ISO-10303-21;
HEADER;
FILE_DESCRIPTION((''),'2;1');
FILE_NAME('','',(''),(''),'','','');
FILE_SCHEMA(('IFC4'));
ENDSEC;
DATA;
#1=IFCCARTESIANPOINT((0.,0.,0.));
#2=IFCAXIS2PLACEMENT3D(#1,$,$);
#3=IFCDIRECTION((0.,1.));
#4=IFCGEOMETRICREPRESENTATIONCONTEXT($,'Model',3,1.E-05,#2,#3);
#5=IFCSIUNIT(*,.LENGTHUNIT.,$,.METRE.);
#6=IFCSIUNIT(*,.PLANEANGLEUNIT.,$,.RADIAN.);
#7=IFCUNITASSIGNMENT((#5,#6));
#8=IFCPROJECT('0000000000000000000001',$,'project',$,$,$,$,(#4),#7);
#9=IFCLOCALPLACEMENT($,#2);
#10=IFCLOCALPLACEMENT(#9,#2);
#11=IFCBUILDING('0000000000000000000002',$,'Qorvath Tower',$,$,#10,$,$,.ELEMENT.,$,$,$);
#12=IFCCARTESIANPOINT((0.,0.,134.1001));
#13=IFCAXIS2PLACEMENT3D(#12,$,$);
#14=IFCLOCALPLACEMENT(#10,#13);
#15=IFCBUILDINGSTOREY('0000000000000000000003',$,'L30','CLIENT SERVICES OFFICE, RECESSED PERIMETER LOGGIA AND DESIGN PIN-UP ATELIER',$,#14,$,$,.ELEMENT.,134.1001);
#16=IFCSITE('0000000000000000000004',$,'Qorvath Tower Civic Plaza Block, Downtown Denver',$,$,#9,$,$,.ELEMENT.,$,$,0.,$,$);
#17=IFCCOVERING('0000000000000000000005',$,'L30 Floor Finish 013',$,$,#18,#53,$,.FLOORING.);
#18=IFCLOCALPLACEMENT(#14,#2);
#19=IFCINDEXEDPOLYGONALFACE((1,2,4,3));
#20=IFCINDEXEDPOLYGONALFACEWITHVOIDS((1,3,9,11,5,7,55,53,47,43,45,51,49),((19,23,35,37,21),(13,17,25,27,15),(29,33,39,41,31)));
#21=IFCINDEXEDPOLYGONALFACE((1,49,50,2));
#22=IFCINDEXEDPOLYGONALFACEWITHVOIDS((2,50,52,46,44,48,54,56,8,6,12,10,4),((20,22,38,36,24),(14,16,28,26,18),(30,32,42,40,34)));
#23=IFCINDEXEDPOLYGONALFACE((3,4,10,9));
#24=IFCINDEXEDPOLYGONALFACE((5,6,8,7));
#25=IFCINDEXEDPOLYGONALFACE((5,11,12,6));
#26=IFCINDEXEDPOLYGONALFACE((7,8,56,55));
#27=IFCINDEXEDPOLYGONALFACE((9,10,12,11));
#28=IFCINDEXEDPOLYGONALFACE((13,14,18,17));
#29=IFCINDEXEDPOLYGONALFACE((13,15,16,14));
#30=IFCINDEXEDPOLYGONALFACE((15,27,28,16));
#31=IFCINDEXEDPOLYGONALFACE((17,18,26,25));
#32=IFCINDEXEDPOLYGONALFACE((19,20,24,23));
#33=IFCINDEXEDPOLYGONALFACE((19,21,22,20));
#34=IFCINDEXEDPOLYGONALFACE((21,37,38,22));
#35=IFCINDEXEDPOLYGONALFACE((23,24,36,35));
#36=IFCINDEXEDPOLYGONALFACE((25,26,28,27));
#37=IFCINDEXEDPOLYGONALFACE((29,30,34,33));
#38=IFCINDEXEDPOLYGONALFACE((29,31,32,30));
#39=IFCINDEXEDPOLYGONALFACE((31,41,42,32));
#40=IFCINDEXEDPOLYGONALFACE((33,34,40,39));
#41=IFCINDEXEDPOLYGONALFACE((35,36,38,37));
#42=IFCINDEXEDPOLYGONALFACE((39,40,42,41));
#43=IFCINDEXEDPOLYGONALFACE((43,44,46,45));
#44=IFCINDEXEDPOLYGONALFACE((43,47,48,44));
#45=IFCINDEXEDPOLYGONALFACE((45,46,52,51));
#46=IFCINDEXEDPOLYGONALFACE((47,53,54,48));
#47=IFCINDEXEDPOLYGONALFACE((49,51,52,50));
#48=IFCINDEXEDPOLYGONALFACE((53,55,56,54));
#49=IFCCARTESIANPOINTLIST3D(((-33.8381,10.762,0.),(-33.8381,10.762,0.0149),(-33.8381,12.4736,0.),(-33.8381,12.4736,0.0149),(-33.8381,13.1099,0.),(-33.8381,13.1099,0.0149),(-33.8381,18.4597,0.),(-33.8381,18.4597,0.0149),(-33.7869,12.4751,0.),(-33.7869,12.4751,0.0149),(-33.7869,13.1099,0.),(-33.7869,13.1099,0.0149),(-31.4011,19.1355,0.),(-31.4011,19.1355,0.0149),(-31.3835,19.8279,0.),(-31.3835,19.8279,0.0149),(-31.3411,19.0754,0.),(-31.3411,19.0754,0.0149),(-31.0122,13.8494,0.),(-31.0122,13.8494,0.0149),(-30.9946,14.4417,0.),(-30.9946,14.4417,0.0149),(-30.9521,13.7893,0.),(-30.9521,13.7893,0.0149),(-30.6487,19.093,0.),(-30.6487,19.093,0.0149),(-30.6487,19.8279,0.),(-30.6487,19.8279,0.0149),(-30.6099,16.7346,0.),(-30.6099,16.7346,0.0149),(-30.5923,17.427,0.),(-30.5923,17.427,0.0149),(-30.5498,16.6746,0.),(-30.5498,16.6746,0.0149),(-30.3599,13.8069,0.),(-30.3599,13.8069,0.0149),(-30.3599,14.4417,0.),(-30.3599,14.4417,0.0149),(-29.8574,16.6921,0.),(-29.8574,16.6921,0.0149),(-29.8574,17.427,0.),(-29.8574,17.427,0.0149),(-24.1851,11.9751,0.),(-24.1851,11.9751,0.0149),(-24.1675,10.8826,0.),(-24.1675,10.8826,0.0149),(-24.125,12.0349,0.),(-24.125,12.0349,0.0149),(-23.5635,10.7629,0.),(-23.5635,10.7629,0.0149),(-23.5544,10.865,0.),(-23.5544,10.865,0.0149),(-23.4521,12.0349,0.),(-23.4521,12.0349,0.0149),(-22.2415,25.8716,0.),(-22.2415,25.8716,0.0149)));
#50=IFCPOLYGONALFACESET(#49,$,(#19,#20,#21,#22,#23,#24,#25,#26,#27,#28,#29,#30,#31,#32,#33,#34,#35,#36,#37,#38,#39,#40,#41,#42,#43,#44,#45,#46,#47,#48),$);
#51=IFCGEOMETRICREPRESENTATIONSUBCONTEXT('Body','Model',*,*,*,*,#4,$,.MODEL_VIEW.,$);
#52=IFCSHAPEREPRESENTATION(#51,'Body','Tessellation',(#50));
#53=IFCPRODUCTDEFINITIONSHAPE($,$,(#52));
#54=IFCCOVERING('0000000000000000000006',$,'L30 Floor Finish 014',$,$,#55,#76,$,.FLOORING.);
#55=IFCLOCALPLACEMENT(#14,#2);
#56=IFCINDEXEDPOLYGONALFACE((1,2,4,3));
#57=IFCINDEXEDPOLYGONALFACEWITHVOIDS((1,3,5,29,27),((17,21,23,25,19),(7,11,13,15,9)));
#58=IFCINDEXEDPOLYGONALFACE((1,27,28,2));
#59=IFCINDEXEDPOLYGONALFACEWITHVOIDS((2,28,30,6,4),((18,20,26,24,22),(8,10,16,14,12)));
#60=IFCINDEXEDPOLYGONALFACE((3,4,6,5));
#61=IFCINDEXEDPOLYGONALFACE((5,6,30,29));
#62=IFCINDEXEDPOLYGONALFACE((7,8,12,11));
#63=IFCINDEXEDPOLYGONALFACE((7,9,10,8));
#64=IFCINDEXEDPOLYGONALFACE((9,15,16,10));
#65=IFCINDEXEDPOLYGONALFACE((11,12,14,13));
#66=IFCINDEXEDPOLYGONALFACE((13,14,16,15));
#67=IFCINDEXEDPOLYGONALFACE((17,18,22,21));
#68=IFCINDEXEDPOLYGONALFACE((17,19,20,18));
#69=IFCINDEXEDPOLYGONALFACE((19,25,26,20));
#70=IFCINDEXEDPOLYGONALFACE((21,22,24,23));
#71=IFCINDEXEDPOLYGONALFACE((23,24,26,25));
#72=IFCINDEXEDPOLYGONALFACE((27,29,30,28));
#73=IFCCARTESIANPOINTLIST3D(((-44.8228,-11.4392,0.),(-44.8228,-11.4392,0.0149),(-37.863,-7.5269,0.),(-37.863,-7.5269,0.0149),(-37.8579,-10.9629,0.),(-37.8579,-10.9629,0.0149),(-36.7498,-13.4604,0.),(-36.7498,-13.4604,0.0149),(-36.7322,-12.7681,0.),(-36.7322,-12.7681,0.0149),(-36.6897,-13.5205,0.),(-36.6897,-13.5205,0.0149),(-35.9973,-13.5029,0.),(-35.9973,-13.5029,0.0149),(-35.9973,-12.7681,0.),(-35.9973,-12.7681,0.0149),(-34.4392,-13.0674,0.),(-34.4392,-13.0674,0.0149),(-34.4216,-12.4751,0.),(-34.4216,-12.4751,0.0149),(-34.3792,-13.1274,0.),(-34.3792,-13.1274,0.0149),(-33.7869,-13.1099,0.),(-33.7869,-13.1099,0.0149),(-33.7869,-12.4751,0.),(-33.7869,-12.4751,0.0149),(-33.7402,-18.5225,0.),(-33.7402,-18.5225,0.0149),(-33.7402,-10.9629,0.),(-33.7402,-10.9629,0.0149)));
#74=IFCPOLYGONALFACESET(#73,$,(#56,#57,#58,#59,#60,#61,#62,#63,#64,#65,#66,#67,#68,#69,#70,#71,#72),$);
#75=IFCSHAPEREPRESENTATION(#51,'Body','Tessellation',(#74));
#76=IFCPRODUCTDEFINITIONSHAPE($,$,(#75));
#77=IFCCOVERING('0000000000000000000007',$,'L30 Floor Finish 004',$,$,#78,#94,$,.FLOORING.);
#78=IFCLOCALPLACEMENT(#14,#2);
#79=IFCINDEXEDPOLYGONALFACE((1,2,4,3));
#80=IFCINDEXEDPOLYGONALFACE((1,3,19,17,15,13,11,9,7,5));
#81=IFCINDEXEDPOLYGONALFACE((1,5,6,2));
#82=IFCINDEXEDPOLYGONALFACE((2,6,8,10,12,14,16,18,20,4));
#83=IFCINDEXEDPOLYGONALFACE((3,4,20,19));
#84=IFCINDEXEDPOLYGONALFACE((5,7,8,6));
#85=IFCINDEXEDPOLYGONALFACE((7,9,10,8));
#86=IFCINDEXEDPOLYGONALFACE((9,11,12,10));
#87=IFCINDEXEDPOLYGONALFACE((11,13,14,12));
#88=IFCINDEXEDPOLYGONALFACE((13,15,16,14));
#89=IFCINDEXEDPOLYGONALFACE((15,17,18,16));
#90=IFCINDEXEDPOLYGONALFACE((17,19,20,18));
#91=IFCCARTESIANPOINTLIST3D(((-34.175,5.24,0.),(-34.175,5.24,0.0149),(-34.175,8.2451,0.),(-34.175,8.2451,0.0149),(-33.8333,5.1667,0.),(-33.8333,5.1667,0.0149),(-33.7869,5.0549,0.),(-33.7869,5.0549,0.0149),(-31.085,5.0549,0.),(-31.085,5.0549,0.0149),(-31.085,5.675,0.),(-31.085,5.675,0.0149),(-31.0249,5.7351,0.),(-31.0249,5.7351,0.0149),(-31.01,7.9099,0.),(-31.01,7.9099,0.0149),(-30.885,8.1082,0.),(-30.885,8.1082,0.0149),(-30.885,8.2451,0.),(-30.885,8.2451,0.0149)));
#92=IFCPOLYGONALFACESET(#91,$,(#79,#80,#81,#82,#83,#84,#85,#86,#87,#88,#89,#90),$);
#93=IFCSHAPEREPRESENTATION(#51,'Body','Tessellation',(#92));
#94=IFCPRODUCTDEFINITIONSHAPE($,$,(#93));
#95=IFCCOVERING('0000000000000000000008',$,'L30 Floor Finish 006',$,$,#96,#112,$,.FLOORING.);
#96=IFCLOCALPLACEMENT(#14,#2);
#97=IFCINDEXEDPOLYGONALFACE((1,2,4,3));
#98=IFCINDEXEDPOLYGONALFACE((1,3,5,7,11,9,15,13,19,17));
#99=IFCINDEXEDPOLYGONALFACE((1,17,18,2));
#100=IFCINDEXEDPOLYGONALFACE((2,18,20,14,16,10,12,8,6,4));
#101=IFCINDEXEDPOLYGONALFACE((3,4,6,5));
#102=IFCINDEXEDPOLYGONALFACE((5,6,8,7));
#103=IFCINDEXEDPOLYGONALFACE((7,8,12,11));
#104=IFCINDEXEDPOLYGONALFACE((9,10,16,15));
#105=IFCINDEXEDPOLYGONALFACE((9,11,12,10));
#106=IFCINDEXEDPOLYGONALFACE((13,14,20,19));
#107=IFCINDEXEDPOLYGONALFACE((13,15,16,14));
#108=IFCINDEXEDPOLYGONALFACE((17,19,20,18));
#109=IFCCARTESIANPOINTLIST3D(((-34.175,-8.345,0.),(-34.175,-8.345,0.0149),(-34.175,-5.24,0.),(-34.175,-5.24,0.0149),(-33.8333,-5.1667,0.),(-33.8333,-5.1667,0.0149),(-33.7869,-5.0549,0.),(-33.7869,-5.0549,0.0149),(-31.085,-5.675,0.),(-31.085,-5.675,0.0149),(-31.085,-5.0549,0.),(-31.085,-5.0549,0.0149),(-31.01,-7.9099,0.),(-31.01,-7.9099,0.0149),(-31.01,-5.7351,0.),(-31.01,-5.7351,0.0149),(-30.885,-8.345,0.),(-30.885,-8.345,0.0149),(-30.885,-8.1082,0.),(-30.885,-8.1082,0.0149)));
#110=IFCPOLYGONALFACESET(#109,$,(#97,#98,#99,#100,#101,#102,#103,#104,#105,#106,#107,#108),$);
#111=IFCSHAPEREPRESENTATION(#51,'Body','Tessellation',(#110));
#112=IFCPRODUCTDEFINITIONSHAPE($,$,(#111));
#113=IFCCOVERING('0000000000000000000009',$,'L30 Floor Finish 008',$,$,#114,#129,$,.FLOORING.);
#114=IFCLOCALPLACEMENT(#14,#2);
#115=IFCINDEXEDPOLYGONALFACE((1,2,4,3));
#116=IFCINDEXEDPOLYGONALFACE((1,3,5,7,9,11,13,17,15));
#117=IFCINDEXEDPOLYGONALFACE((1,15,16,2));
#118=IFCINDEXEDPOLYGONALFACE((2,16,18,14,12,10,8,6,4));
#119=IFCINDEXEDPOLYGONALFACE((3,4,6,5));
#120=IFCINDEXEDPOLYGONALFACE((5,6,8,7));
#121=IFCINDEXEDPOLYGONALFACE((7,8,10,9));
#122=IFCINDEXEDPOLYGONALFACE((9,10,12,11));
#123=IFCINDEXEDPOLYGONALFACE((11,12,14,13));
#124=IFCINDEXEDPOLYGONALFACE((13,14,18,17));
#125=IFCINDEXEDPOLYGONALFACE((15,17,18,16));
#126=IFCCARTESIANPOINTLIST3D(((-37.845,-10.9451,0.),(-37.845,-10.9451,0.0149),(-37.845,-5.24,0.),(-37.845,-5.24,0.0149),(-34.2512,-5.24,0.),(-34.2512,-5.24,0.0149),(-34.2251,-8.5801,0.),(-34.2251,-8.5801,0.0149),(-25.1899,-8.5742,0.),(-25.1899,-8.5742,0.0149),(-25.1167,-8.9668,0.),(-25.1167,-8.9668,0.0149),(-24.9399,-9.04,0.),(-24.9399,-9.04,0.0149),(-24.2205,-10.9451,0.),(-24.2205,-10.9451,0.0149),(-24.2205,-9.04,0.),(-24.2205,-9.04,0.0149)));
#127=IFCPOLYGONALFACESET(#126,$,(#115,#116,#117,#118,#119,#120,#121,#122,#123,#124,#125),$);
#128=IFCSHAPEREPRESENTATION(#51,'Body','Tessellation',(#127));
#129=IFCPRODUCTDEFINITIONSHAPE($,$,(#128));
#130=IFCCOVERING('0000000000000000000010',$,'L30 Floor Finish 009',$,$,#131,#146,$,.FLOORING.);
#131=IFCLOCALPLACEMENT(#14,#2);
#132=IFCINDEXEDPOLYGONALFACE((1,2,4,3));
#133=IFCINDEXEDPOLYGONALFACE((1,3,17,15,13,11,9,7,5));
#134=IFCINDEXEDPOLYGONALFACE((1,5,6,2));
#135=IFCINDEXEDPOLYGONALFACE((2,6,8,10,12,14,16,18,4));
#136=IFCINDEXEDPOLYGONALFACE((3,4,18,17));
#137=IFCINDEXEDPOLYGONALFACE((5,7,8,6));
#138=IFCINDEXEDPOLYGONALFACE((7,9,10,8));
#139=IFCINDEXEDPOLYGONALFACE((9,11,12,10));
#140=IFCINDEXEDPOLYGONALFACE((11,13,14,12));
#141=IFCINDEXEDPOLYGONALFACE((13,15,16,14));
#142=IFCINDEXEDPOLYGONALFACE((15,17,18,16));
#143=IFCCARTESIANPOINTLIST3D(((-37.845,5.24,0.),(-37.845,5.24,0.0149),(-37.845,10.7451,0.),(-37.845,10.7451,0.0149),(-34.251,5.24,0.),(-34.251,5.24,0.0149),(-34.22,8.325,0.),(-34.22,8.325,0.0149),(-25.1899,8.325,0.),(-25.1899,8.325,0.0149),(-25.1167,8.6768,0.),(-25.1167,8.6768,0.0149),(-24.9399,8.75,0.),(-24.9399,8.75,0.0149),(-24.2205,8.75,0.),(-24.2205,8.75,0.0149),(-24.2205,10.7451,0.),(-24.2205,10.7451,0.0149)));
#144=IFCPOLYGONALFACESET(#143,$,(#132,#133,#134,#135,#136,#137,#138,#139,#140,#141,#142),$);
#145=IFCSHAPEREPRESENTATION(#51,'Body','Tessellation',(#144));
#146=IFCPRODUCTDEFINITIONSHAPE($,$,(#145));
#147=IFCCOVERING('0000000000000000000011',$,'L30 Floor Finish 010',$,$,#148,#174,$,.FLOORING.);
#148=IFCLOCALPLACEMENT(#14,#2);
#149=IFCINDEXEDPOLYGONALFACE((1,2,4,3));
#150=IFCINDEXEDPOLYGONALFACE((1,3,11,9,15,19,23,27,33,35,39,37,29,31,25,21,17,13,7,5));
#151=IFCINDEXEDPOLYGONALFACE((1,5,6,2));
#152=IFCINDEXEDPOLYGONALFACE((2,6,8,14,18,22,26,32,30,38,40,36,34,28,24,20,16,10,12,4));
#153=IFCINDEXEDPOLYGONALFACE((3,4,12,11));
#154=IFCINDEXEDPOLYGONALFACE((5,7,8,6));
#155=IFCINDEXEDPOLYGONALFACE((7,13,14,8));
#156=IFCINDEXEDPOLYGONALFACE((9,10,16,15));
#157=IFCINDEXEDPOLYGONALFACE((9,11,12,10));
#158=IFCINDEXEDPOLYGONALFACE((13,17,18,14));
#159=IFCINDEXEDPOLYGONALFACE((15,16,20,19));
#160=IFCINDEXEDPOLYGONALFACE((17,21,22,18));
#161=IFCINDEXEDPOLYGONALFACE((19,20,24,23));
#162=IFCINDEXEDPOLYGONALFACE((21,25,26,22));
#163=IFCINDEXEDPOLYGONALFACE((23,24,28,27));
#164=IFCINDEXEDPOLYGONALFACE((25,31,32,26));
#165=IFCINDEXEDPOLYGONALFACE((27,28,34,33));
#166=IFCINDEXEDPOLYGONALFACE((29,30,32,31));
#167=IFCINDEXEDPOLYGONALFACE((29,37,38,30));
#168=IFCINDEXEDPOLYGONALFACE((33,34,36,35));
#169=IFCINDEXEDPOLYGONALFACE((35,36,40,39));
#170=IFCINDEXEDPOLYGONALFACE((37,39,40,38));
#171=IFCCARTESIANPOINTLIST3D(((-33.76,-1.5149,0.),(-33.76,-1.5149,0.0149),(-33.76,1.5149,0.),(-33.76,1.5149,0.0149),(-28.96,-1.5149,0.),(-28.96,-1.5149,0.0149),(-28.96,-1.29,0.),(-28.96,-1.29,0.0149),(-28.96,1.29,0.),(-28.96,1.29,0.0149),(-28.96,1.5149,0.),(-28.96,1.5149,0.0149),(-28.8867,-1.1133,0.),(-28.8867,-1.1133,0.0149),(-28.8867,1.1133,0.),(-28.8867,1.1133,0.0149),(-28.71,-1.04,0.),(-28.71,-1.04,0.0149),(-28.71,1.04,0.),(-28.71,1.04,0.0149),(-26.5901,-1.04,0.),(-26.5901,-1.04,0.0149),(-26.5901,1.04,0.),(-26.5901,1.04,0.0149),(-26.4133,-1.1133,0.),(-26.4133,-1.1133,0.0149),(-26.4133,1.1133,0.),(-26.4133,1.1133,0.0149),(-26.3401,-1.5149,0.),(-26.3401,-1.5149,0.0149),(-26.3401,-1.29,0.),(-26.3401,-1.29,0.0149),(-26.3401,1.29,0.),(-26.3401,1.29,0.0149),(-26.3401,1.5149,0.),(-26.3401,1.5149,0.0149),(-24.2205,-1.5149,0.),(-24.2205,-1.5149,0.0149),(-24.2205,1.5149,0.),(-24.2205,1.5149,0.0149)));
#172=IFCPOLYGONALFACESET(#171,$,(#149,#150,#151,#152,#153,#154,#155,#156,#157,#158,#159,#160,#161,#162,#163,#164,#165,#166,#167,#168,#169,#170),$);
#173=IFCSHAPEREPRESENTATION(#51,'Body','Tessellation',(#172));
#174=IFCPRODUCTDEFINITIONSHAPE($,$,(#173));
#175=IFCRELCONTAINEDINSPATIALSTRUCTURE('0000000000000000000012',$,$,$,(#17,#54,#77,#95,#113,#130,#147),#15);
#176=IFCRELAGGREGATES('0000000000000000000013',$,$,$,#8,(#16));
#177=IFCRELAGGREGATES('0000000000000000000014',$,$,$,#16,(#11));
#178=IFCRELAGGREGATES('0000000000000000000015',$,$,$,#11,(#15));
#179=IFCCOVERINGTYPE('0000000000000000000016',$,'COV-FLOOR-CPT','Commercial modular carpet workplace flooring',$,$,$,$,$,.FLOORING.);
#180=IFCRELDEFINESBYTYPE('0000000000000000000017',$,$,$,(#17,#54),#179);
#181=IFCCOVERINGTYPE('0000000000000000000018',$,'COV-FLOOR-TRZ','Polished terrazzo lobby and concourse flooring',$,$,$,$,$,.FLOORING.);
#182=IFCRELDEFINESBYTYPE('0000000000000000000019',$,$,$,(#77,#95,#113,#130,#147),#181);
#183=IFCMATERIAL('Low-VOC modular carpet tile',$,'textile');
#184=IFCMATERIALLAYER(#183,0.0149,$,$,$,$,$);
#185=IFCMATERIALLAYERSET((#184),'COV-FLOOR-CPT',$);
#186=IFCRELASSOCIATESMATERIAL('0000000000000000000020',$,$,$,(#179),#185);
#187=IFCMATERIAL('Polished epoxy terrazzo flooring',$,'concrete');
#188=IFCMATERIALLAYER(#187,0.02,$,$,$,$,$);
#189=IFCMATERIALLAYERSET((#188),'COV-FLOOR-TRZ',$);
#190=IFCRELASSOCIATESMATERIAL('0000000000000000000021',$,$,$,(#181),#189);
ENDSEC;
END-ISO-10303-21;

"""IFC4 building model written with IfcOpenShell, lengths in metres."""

from ifc_helpers import new_model, si_unit, direction, frame, origin, place, context, subcontext, project, spatial, polyline, outline, extrude, material, layer, layer_set, type_object, element, save


model = new_model("IFC4")

# Units and contexts
model_context = context("Model", 3, precision=1e-05, world=origin(), true_north=direction((0.0, 1.0)))
body_context = subcontext(model_context, "Body", "Model", "MODEL_VIEW")
ifc_project = project(units=[si_unit("LENGTHUNIT", "METRE"), si_unit("PLANEANGLEUNIT", "RADIAN")], contexts=[model_context])

# Site, building, storey
site_placement = place(None, origin())
site = spatial("IfcSite", under=ifc_project, at=site_placement, Name="Qorvath Tower Civic Plaza Block, Downtown Denver", CompositionType="ELEMENT", RefElevation=0.0)
building_placement = place(site_placement, origin())
building = spatial("IfcBuilding", under=site, at=building_placement, Name="Qorvath Tower", CompositionType="ELEMENT")
storey_placement = place(building_placement, frame((0.0, 0.0, 134.1001)))
storey = spatial("IfcBuildingStorey", under=building, at=storey_placement, Name="L30", Description="CLIENT SERVICES OFFICE, RECESSED PERIMETER LOGGIA AND DESIGN PIN-UP ATELIER", CompositionType="ELEMENT", Elevation=134.1001)

# Coverings
ifc_material_1 = material(Name="Low-VOC modular carpet tile", Category="textile")
ifc_layer_1 = layer(ifc_material_1, 0.0149)
ifc_layer_set_1 = layer_set([ifc_layer_1], Name="COV-FLOOR-CPT")
covering_type_1 = type_object("IfcCoveringType", Name="COV-FLOOR-CPT", Description="Commercial modular carpet workplace flooring", PredefinedType="FLOORING", material=ifc_layer_set_1)
covering_1_placement = place(storey_placement, origin())
element("IfcCovering", 1, at=covering_1_placement, inside=storey, type_object=covering_type_1, Name="L30 Floor Finish 013", PredefinedType="FLOORING", context=body_context, shape_type="SweptSolid", body=[
    extrude(outline(polyline([(-33.8381, 18.4597), (-33.8381, 13.1099), (-33.7869, 13.1099), (-33.7869, 12.4751), (-33.8381, 12.4736), (-33.8381, 10.762), (-23.5635, 10.7629), (-23.5544, 10.865), (-24.1675, 10.8826), (-24.1851, 11.9751), (-24.125, 12.0349), (-23.4521, 12.0349), (-22.2415, 25.8716), (-33.8381, 18.4597)]), holes=[polyline([(-30.6099, 16.7346), (-30.5923, 17.427), (-29.8574, 17.427), (-29.8574, 16.6921), (-30.5498, 16.6746), (-30.6099, 16.7346)]), polyline([(-31.0122, 13.8494), (-30.9946, 14.4417), (-30.3599, 14.4417), (-30.3599, 13.8069), (-30.9521, 13.7893), (-31.0122, 13.8494)]), polyline([(-31.4011, 19.1355), (-31.3835, 19.8279), (-30.6487, 19.8279), (-30.6487, 19.093), (-31.3411, 19.0754), (-31.4011, 19.1355)])]), origin(), (0.0, 0.0, 1.0), 0.0149),
])
covering_2_placement = place(storey_placement, origin())
element("IfcCovering", 2, at=covering_2_placement, inside=storey, type_object=covering_type_1, Name="L30 Floor Finish 014", PredefinedType="FLOORING", context=body_context, shape_type="SweptSolid", body=[
    extrude(outline(polyline([(-33.7402, -18.5225), (-33.7402, -10.9629), (-37.8579, -10.9629), (-37.863, -7.5269), (-44.8228, -11.4392), (-33.7402, -18.5225)]), holes=[polyline([(-34.4392, -13.0674), (-34.4216, -12.4751), (-33.7869, -12.4751), (-33.7869, -13.1099), (-34.3792, -13.1274), (-34.4392, -13.0674)]), polyline([(-36.7498, -13.4604), (-36.7322, -12.7681), (-35.9973, -12.7681), (-35.9973, -13.5029), (-36.6897, -13.5205), (-36.7498, -13.4604)])]), origin(), (0.0, 0.0, 1.0), 0.0149),
])
ifc_material_2 = material(Name="Polished epoxy terrazzo flooring", Category="concrete")
ifc_layer_2 = layer(ifc_material_2, 0.02)
ifc_layer_set_2 = layer_set([ifc_layer_2], Name="COV-FLOOR-TRZ")
covering_type_2 = type_object("IfcCoveringType", Name="COV-FLOOR-TRZ", Description="Polished terrazzo lobby and concourse flooring", PredefinedType="FLOORING", material=ifc_layer_set_2)
covering_3_placement = place(storey_placement, origin())
element("IfcCovering", 3, at=covering_3_placement, inside=storey, type_object=covering_type_2, Name="L30 Floor Finish 004", PredefinedType="FLOORING", context=body_context, shape_type="SweptSolid", body=[
    extrude(outline(polyline([(-31.01, 7.9099), (-30.885, 8.1082), (-30.885, 8.2451), (-34.175, 8.2451), (-34.175, 5.24), (-33.8333, 5.1667), (-33.7869, 5.0549), (-31.085, 5.0549), (-31.085, 5.675), (-31.0249, 5.7351), (-31.01, 7.9099)])), origin(), (0.0, 0.0, 1.0), 0.0149),
])
covering_4_placement = place(storey_placement, origin())
element("IfcCovering", 4, at=covering_4_placement, inside=storey, type_object=covering_type_2, Name="L30 Floor Finish 006", PredefinedType="FLOORING", context=body_context, shape_type="SweptSolid", body=[
    extrude(outline(polyline([(-31.085, -5.0549), (-33.7869, -5.0549), (-33.8333, -5.1667), (-34.175, -5.24), (-34.175, -8.345), (-30.885, -8.345), (-30.885, -8.1082), (-31.01, -7.9099), (-31.01, -5.7351), (-31.085, -5.675), (-31.085, -5.0549)])), origin(), (0.0, 0.0, 1.0), 0.0149),
])
covering_5_placement = place(storey_placement, origin())
element("IfcCovering", 5, at=covering_5_placement, inside=storey, type_object=covering_type_2, Name="L30 Floor Finish 008", PredefinedType="FLOORING", context=body_context, shape_type="SweptSolid", body=[
    extrude(outline(polyline([(-34.2251, -8.5801), (-34.2512, -5.24), (-37.845, -5.24), (-37.845, -10.9451), (-24.2205, -10.9451), (-24.2205, -9.04), (-24.9399, -9.04), (-25.1167, -8.9668), (-25.1899, -8.5742), (-34.2251, -8.5801)])), origin(), (0.0, 0.0, 1.0), 0.0149),
])
covering_6_placement = place(storey_placement, origin())
element("IfcCovering", 6, at=covering_6_placement, inside=storey, type_object=covering_type_2, Name="L30 Floor Finish 009", PredefinedType="FLOORING", context=body_context, shape_type="SweptSolid", body=[
    extrude(outline(polyline([(-24.2205, 8.75), (-24.2205, 10.7451), (-37.845, 10.7451), (-37.845, 5.24), (-34.251, 5.24), (-34.22, 8.325), (-25.1899, 8.325), (-25.1167, 8.6768), (-24.9399, 8.75), (-24.2205, 8.75)])), origin(), (0.0, 0.0, 1.0), 0.0149),
])
covering_7_placement = place(storey_placement, origin())
element("IfcCovering", 7, at=covering_7_placement, inside=storey, type_object=covering_type_2, Name="L30 Floor Finish 010", PredefinedType="FLOORING", context=body_context, shape_type="SweptSolid", body=[
    extrude(outline(polyline([(-24.2205, -1.5149), (-24.2205, 1.5149), (-26.3401, 1.5149), (-26.3401, 1.29), (-26.4133, 1.1133), (-26.5901, 1.04), (-28.71, 1.04), (-28.8867, 1.1133), (-28.96, 1.29), (-28.96, 1.5149), (-33.76, 1.5149), (-33.76, -1.5149), (-28.96, -1.5149), (-28.96, -1.29), (-28.8867, -1.1133), (-28.71, -1.04), (-26.5901, -1.04), (-26.4133, -1.1133), (-26.3401, -1.29), (-26.3401, -1.5149), (-24.2205, -1.5149)])), origin(), (0.0, 0.0, 1.0), 0.0149),
])

save(model, "model.ifc")
